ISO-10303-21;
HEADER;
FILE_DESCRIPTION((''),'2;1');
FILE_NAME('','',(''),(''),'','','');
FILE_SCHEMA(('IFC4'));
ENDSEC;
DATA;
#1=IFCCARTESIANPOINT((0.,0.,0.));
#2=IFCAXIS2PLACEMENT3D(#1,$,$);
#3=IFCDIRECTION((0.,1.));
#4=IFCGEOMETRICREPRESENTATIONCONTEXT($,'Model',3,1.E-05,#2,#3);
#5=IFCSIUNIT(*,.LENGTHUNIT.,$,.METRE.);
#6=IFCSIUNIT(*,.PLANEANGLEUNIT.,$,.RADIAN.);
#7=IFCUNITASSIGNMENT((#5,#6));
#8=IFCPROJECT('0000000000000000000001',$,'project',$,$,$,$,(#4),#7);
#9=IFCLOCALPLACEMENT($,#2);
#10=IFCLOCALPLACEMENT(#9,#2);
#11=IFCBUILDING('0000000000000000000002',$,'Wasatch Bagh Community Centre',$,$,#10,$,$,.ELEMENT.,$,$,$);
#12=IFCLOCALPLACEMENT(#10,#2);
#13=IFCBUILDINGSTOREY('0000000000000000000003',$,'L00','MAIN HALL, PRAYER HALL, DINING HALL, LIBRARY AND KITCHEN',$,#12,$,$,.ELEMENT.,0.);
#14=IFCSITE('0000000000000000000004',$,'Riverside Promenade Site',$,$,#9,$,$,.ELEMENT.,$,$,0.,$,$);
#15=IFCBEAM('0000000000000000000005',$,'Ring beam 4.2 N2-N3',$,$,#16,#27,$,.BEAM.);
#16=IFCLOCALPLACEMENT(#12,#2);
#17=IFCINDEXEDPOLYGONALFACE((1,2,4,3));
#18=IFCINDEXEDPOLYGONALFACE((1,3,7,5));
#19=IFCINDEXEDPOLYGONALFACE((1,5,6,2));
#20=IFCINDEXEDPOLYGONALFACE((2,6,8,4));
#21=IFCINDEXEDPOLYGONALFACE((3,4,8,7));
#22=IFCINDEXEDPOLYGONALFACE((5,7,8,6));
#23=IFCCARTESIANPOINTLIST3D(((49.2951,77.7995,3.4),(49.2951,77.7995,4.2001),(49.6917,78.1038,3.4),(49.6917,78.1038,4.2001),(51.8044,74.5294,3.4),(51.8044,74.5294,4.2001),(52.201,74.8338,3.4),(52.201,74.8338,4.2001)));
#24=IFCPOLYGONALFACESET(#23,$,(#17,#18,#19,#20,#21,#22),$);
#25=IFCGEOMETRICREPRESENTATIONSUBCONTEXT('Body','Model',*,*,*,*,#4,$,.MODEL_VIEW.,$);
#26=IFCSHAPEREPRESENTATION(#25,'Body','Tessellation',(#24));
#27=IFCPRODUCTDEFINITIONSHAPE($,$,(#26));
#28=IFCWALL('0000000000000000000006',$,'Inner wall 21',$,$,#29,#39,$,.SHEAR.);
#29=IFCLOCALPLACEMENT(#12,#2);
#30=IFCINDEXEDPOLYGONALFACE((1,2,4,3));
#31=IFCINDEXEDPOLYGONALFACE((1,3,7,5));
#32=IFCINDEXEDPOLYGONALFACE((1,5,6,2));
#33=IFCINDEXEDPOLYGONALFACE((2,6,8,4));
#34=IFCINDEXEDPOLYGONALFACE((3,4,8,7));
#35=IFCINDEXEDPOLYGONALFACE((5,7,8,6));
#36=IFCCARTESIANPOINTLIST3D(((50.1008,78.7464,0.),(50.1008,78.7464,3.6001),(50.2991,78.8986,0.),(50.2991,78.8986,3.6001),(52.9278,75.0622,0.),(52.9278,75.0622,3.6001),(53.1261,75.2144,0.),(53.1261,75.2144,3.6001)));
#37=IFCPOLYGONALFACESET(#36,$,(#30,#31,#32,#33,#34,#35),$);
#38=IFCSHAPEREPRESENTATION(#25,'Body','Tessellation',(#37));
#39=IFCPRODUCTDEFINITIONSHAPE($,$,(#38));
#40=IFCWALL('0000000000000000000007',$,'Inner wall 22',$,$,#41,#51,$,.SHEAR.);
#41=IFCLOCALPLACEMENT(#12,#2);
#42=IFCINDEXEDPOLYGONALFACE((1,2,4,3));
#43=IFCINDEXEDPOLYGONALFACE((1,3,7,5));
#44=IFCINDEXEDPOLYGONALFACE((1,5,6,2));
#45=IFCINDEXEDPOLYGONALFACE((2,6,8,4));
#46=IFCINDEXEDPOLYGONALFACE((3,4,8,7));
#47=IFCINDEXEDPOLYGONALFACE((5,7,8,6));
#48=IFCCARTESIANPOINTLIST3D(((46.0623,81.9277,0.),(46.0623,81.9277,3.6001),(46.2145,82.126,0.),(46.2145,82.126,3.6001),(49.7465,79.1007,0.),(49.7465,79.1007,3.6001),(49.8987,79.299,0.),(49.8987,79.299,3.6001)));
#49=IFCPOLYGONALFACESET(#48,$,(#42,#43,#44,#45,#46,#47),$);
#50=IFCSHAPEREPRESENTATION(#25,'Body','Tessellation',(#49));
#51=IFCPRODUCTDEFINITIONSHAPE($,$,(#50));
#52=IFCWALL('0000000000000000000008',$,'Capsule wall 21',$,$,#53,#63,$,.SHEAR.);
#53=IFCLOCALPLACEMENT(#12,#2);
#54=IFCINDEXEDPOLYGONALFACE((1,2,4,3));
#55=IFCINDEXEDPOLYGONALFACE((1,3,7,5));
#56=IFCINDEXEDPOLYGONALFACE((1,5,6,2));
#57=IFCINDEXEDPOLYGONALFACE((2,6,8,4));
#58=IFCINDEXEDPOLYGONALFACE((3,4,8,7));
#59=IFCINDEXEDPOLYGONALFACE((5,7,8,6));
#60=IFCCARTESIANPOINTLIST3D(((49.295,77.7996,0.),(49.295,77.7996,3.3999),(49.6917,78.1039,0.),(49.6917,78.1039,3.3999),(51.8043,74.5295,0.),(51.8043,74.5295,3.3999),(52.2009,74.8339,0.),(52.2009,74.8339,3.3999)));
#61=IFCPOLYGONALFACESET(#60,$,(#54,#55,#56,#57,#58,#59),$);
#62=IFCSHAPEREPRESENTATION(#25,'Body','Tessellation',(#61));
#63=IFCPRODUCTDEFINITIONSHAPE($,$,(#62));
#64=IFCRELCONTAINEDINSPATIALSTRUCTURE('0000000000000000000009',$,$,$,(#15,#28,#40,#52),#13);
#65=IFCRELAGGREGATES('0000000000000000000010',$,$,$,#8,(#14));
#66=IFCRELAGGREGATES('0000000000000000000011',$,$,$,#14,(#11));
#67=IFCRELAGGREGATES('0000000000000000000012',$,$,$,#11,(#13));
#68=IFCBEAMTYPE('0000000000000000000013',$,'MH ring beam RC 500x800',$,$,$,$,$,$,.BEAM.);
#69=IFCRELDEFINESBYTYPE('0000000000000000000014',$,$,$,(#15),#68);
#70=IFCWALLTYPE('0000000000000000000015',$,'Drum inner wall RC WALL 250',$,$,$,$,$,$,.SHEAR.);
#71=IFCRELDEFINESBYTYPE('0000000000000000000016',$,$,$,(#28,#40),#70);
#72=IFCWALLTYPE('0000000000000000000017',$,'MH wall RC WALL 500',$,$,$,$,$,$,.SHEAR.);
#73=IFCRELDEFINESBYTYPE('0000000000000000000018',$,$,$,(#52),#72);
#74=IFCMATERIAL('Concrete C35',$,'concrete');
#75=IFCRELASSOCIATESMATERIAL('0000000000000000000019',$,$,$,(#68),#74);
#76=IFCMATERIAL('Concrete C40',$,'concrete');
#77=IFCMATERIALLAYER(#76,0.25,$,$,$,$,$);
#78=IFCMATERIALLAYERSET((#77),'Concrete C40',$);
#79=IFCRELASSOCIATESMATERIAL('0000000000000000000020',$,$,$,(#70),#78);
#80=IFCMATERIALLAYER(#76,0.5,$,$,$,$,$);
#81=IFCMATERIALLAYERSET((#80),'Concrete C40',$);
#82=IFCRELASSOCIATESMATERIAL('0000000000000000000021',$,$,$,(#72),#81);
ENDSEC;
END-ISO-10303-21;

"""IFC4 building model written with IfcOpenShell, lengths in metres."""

from ifc_helpers import new_model, si_unit, direction, frame, frame_2d, origin, origin_2d, place, context, subcontext, project, spatial, rectangle, extrude, material, layer, layer_set, material_profile, profile_set, type_object, element, save


model = new_model("IFC4")

# Units and contexts
model_context = context("Model", 3, precision=1e-05, world=origin(), true_north=direction((0.0, 1.0)))
body_context = subcontext(model_context, "Body", "Model", "MODEL_VIEW")
ifc_project = project(units=[si_unit("LENGTHUNIT", "METRE"), si_unit("PLANEANGLEUNIT", "RADIAN")], contexts=[model_context])

# Site, building, storey
site_placement = place(None, origin())
site = spatial("IfcSite", under=ifc_project, at=site_placement, Name="Riverside Promenade Site", CompositionType="ELEMENT", RefElevation=0.0)
building_placement = place(site_placement, origin())
building = spatial("IfcBuilding", under=site, at=building_placement, Name="Wasatch Bagh Community Centre", CompositionType="ELEMENT")
storey_placement = place(building_placement, origin())
storey = spatial("IfcBuildingStorey", under=building, at=storey_placement, Name="L00", Description="MAIN HALL, PRAYER HALL, DINING HALL, LIBRARY AND KITCHEN", CompositionType="ELEMENT", Elevation=0.0)

# Shared definitions
ifc_material_1 = material(Name="Concrete C35", Category="concrete")

# Shared definitions
ifc_material_2 = material(Name="Concrete C40", Category="concrete")

# Beam
ifc_material_profile_1 = material_profile(ifc_material_1, rectangle(XDim=0.5, YDim=0.8, at=origin_2d()), Name="RC 500x800")
ifc_profile_set_1 = profile_set([ifc_material_profile_1], Name="Concrete C35")
beam_type_1 = type_object("IfcBeamType", Name="MH ring beam RC 500x800", PredefinedType="BEAM", material=ifc_profile_set_1)
beam_placement = place(storey_placement, frame((52.0027, 74.6816, 3.8), z_axis=(-0.608777, 0.793341, 0.0), x_axis=(-0.793341, -0.608777, 0.0)))
element("IfcBeam", 1, at=beam_placement, inside=storey, type_object=beam_type_1, Name="Ring beam 4.2 N2-N3", PredefinedType="BEAM", context=body_context, shape_type="SweptSolid", body=[
    extrude(rectangle(XDim=0.5, YDim=0.8, at=origin_2d()), origin(), (0.0, 0.0, 1.0), 4.1218),
])

# Walls
ifc_layer_1 = layer(ifc_material_2, 0.25)
ifc_layer_set_1 = layer_set([ifc_layer_1], Name="Concrete C40")
wall_type_1 = type_object("IfcWallType", Name="Drum inner wall RC WALL 250", PredefinedType="SHEAR", material=ifc_layer_set_1)
for number, where, z_axis, x_axis, name in (
    (2, (53.0269, 75.1384, 0.0), (0.0, 0.0, 1.0), (-0.608763, 0.793352, 0.0), "Inner wall 21"),
    (3, (49.8225, 79.2, 0.0), (0.0, 0.0, 1.0), (-0.793352, 0.608763, 0.0), "Inner wall 22"),
):
    element("IfcWall", number, at=place(storey_placement, frame(where, z_axis=z_axis, x_axis=x_axis)), inside=storey, type_object=wall_type_1, Name=name, PredefinedType="SHEAR", context=body_context, shape_type="SweptSolid", body=[
        extrude(rectangle(XDim=4.6438, YDim=0.25, at=frame_2d((2.3218, 0.0))), origin(), (0.0, 0.0, 1.0), 3.6001),
    ])
ifc_layer_2 = layer(ifc_material_2, 0.5)
ifc_layer_set_2 = layer_set([ifc_layer_2], Name="Concrete C40")
wall_type_2 = type_object("IfcWallType", Name="MH wall RC WALL 500", PredefinedType="SHEAR", material=ifc_layer_set_2)
wall_placement = place(storey_placement, frame((52.0027, 74.6816, 0.0), z_axis=(0.0, 0.0, 1.0), x_axis=(-0.608777, 0.793341, 0.0)))
element("IfcWall", 4, at=wall_placement, inside=storey, type_object=wall_type_2, Name="Capsule wall 21", PredefinedType="SHEAR", context=body_context, shape_type="SweptSolid", body=[
    extrude(rectangle(XDim=4.1218, YDim=0.5, at=frame_2d((2.061, 0.0))), origin(), (0.0, 0.0, 1.0), 3.3999),
])

save(model, "model.ifc")
